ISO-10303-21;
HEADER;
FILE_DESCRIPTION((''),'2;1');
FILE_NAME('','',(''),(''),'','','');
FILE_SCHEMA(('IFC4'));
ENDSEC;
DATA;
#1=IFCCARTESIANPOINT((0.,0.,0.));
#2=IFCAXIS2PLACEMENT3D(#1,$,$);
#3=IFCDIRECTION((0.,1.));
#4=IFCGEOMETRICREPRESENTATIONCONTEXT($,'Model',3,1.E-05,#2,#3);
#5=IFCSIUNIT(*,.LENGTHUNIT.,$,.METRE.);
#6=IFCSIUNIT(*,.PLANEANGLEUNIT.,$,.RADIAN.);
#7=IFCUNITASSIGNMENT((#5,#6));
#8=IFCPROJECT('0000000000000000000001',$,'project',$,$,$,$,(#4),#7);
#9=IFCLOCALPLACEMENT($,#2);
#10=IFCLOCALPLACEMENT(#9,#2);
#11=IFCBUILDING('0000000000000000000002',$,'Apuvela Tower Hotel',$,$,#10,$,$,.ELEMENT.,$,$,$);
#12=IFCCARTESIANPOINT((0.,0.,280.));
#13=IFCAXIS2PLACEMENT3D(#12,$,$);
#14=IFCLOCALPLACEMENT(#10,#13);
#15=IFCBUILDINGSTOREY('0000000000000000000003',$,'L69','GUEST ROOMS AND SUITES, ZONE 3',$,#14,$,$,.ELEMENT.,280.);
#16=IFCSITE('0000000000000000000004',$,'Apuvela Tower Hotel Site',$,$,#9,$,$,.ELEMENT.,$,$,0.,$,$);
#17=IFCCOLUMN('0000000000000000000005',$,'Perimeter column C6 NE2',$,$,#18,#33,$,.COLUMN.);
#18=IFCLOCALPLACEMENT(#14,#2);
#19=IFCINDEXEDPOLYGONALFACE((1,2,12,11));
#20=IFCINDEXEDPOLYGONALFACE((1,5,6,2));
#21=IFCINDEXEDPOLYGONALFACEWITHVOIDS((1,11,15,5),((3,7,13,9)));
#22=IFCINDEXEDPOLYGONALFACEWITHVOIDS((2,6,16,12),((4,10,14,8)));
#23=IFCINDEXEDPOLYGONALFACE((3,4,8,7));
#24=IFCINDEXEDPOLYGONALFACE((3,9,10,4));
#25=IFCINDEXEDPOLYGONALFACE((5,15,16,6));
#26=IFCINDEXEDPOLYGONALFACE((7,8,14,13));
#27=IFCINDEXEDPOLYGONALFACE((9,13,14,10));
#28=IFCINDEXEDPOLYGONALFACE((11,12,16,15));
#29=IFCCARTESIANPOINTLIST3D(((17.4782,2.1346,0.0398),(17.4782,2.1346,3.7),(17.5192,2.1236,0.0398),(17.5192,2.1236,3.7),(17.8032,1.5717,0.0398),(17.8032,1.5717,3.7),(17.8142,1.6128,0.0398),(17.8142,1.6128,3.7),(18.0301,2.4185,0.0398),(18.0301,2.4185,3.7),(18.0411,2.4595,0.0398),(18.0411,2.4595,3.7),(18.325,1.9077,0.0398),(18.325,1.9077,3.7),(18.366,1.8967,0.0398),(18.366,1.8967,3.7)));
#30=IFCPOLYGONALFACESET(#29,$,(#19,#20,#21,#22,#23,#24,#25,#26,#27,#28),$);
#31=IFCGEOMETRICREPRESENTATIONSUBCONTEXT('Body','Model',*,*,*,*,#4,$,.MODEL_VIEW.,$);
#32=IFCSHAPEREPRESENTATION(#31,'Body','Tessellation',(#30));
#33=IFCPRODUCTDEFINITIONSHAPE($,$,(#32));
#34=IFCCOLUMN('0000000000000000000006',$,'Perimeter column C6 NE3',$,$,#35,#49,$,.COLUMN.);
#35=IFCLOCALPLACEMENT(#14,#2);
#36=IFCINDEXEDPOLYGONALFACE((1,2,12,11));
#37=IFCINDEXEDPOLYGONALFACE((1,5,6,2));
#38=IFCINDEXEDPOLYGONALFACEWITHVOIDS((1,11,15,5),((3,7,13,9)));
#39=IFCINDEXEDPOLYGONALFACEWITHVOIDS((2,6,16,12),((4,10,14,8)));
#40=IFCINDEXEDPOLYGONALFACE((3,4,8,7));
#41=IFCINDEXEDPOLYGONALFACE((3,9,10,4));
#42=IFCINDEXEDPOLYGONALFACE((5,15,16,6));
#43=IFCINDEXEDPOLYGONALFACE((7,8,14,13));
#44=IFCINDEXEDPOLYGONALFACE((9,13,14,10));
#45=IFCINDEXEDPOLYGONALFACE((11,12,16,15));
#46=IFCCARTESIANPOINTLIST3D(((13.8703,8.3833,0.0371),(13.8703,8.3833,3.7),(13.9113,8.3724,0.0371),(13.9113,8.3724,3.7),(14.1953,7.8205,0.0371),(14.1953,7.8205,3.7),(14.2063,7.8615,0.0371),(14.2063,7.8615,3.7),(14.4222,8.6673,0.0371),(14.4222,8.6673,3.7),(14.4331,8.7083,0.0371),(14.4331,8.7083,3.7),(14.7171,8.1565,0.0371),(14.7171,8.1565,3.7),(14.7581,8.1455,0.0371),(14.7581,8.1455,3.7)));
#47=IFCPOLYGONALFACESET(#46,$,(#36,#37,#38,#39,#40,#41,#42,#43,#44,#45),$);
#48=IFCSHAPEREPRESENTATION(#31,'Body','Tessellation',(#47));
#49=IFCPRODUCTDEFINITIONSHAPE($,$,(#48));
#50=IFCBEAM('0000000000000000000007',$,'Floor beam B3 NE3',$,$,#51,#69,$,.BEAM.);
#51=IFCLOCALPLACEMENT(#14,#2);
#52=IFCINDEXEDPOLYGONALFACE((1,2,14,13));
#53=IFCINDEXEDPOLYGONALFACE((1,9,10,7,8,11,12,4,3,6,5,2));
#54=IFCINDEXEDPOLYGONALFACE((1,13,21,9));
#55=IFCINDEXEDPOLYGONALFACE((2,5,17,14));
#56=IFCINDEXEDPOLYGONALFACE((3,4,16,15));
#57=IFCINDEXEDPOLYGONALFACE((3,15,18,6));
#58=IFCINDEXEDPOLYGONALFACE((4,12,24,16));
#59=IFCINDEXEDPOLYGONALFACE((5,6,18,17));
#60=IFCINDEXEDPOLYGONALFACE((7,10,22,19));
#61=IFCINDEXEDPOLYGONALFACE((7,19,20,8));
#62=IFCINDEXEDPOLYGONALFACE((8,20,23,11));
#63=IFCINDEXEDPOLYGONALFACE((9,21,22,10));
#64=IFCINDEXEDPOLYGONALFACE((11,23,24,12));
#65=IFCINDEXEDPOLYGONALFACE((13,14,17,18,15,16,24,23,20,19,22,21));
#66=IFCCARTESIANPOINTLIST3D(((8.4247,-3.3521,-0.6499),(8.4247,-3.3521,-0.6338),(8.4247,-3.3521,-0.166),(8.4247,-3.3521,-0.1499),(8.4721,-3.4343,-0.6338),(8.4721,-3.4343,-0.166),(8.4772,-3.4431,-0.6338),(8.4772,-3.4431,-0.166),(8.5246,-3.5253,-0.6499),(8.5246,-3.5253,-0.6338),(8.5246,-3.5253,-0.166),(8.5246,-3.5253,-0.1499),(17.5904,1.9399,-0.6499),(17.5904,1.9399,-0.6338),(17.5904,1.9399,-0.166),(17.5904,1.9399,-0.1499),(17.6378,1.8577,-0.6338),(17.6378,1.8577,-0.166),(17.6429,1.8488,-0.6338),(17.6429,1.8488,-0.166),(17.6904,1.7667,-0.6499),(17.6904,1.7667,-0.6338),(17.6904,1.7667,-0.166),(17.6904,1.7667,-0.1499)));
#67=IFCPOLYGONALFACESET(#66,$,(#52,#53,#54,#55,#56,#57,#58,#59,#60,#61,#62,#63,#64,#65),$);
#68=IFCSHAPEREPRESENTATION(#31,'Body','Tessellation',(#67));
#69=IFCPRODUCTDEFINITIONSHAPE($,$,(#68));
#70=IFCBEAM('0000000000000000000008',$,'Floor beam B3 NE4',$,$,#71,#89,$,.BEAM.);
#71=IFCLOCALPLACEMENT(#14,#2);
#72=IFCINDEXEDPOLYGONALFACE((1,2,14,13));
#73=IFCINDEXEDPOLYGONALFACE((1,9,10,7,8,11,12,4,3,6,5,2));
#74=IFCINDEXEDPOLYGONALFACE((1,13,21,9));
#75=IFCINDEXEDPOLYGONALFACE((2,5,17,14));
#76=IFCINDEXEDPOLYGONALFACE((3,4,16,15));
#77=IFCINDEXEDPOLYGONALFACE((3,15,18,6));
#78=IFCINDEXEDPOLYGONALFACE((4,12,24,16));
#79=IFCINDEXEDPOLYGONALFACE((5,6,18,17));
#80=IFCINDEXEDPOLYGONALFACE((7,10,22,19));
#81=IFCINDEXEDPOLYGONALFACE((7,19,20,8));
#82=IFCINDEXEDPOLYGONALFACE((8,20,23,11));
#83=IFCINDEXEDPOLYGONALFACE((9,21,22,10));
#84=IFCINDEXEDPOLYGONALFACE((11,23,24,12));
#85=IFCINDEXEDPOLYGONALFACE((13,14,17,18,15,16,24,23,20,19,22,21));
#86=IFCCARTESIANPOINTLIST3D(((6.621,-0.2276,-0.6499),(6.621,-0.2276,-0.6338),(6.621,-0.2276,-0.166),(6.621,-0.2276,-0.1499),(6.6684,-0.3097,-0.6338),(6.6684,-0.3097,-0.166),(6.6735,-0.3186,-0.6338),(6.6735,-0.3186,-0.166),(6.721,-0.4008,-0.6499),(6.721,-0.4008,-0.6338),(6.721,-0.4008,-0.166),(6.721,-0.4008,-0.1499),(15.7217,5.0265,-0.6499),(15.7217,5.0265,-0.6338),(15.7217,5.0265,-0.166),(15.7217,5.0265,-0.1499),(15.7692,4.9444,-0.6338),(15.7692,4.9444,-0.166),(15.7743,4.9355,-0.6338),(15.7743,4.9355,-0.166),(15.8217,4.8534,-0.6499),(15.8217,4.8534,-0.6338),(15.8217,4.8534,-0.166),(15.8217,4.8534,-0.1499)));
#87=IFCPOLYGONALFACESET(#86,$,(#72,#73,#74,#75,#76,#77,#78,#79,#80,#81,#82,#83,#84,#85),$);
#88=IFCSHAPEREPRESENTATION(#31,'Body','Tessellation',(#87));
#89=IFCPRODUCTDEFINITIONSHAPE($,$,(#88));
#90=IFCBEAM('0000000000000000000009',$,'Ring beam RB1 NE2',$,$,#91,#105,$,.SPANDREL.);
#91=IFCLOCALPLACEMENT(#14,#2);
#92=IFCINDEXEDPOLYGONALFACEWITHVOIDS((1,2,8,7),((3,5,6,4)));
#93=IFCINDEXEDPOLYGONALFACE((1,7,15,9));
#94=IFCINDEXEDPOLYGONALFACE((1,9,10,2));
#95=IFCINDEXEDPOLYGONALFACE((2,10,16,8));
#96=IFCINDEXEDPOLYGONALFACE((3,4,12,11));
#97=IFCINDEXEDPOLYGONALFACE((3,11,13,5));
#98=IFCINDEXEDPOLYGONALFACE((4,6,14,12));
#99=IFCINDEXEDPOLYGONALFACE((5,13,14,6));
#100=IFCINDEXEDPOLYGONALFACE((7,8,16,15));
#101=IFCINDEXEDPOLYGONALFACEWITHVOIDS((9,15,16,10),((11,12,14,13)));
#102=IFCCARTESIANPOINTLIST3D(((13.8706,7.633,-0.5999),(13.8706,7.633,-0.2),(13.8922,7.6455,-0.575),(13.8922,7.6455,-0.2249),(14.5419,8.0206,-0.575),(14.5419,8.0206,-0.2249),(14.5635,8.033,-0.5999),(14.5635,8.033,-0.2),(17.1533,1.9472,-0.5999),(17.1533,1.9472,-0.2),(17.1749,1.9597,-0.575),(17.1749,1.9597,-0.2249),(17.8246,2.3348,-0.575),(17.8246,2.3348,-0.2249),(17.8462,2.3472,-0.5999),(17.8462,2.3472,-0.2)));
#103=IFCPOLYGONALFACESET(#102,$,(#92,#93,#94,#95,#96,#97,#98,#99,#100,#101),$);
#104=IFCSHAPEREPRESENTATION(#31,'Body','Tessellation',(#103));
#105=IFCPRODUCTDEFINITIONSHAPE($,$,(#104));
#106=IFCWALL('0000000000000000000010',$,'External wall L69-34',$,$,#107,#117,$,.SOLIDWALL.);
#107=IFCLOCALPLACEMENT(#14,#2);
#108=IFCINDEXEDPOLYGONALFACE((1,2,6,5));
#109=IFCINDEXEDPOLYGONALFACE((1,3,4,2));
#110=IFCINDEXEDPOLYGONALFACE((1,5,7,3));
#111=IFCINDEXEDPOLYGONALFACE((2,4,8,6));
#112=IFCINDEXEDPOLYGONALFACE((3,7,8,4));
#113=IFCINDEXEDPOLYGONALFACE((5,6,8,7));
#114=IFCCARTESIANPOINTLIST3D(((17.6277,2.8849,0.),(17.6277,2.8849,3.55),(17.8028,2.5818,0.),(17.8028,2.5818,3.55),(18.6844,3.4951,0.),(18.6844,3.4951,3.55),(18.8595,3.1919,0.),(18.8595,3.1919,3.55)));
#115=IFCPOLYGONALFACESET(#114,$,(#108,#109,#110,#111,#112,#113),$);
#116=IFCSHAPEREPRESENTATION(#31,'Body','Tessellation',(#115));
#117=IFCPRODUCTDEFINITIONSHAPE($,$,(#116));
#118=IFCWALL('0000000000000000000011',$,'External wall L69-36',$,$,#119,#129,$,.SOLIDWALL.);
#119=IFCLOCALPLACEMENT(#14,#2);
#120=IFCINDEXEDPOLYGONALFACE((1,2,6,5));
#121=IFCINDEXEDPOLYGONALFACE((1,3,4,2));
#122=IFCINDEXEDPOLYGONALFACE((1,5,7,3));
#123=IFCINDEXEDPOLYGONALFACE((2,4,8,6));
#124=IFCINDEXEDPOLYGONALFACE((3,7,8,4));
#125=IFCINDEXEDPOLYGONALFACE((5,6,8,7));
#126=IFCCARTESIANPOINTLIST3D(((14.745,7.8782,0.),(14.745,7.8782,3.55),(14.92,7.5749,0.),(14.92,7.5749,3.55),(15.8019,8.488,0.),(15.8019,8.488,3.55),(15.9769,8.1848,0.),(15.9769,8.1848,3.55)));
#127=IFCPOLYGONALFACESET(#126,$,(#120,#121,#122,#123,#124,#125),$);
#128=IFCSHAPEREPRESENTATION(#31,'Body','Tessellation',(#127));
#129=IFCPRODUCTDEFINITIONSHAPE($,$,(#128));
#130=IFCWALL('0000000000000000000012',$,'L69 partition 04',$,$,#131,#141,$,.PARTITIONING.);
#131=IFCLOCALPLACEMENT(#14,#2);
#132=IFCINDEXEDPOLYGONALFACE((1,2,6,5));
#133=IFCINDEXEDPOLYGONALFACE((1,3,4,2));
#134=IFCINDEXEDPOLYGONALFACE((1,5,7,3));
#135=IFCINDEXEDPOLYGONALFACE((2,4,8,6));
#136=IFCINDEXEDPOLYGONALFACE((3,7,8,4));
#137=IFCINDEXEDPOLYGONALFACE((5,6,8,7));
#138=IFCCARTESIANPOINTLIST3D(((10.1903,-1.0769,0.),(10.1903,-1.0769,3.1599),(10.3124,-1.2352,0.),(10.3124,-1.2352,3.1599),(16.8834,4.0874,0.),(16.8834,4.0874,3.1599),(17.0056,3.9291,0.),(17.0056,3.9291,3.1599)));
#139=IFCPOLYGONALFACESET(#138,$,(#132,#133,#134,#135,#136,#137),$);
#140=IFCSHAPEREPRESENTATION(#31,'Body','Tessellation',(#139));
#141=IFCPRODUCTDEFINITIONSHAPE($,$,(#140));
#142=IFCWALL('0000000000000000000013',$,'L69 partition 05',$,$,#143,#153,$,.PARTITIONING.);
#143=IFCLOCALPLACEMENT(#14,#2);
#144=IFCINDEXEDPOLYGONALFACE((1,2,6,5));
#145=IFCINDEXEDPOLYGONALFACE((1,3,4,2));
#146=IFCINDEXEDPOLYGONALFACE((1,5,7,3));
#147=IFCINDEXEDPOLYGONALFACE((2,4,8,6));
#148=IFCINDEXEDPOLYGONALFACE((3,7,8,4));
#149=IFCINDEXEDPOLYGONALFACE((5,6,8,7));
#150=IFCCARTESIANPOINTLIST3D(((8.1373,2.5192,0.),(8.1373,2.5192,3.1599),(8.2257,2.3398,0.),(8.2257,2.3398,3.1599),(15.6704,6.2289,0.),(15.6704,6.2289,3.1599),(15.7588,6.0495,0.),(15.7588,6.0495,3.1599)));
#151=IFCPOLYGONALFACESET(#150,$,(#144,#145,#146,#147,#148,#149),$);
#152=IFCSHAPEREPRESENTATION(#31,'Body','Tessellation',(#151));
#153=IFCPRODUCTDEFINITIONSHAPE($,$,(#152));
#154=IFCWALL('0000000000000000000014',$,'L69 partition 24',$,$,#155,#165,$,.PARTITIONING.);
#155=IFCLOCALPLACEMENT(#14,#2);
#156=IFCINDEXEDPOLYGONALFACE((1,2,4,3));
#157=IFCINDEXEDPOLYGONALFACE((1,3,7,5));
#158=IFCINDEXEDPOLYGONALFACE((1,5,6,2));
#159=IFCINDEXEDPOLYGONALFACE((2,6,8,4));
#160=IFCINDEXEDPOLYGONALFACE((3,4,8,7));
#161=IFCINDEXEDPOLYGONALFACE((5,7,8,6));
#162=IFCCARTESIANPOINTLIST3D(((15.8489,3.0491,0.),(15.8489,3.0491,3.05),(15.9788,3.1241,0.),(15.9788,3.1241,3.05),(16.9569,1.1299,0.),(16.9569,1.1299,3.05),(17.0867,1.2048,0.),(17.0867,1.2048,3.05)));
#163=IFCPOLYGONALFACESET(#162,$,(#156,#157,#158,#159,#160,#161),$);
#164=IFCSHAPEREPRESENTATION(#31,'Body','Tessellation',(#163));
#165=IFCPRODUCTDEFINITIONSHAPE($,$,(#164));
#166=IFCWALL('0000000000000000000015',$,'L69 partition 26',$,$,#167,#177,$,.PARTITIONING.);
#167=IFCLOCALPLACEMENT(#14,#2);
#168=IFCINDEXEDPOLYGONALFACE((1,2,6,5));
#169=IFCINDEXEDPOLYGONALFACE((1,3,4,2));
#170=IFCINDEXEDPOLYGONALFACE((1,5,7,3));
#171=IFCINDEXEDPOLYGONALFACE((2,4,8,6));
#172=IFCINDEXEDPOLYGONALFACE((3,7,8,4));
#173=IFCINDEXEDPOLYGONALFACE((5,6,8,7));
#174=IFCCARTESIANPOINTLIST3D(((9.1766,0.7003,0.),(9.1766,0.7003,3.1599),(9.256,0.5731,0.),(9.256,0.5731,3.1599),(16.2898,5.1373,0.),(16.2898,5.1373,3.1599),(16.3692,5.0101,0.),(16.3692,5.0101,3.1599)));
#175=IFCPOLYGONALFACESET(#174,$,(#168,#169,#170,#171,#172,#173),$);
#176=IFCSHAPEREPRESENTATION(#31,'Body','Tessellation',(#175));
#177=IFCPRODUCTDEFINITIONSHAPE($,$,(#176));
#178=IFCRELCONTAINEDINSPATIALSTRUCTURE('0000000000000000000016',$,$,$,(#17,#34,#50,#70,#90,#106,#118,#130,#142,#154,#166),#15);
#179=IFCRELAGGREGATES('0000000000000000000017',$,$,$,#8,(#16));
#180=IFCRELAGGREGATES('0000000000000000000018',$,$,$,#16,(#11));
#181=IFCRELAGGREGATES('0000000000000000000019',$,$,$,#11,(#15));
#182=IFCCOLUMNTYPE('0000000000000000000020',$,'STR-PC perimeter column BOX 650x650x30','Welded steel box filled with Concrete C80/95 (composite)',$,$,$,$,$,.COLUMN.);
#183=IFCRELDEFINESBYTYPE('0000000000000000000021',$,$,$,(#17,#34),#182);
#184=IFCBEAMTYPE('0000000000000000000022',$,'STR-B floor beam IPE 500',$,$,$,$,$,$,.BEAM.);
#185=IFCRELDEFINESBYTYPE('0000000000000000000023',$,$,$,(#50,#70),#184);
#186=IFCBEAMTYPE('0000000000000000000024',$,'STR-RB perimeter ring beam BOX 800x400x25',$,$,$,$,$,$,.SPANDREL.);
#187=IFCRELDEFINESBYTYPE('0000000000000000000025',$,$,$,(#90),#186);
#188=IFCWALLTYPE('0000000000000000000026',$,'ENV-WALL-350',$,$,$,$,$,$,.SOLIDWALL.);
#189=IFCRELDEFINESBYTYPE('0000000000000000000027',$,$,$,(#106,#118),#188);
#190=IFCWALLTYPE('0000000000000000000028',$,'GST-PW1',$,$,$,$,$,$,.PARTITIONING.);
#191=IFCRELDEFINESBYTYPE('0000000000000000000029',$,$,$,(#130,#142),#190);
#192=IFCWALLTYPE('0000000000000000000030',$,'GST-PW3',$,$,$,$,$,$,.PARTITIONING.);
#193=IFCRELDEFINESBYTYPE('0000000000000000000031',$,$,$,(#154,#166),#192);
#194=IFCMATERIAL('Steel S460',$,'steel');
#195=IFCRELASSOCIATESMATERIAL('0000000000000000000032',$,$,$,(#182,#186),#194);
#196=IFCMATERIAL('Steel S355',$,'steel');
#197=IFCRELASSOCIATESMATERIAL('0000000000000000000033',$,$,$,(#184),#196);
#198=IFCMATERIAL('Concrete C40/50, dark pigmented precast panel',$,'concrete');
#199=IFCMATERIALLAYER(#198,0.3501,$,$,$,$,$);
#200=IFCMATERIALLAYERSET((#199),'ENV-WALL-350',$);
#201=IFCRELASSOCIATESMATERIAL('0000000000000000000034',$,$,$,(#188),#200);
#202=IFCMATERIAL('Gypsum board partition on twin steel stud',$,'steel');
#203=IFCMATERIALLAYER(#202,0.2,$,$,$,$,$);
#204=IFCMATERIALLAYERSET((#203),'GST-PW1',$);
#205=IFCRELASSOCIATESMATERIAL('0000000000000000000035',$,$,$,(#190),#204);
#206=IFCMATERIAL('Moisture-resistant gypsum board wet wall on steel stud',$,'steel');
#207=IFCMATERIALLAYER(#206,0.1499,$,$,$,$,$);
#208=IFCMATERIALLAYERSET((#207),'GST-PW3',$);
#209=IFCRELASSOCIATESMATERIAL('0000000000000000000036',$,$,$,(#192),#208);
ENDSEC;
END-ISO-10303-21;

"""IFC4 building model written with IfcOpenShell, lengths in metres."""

from ifc_helpers import new_model, si_unit, direction, frame, frame_2d, origin, origin_2d, place, context, subcontext, project, spatial, rectangle, hollow_rectangle, i_section, extrude, boolean, halfspace, material, layer, layer_set, material_profile, profile_set, type_object, element, save


model = new_model("IFC4")

# Units and contexts
model_context = context("Model", 3, precision=1e-05, world=origin(), true_north=direction((0.0, 1.0)))
body_context = subcontext(model_context, "Body", "Model", "MODEL_VIEW")
ifc_project = project(units=[si_unit("LENGTHUNIT", "METRE"), si_unit("PLANEANGLEUNIT", "RADIAN")], contexts=[model_context])

# Site, building, storey
site_placement = place(None, origin())
site = spatial("IfcSite", under=ifc_project, at=site_placement, Name="Apuvela Tower Hotel Site", CompositionType="ELEMENT", RefElevation=0.0)
building_placement = place(site_placement, origin())
building = spatial("IfcBuilding", under=site, at=building_placement, Name="Apuvela Tower Hotel", CompositionType="ELEMENT")
storey_placement = place(building_placement, frame((0.0, 0.0, 280.0)))
storey = spatial("IfcBuildingStorey", under=building, at=storey_placement, Name="L69", Description="GUEST ROOMS AND SUITES, ZONE 3", CompositionType="ELEMENT", Elevation=280.0)

# Columns
ifc_material_1 = material(Name="Steel S460", Category="steel")
ifc_material_profile_1 = material_profile(ifc_material_1, hollow_rectangle(XDim=0.6499, YDim=0.6499, WallThickness=0.03, at=origin_2d()), Name="BOX 650x650x30")
ifc_material_2 = material(Name="Concrete C80/95", Category="concrete")
ifc_material_profile_2 = material_profile(ifc_material_2, rectangle(XDim=0.5901, YDim=0.5901, at=origin_2d()), Name="Concrete C80/95 infill")
ifc_profile_set_1 = profile_set([ifc_material_profile_1, ifc_material_profile_2], Name="Steel S460")
column_type = type_object("IfcColumnType", Name="STR-PC perimeter column BOX 650x650x30", Description="Welded steel box filled with Concrete C80/95 (composite)", PredefinedType="COLUMN", material=ifc_profile_set_1)
column_1_placement = place(storey_placement, frame((17.9221, 2.0156, 0.0), z_axis=(0.0, 0.0, 1.0), x_axis=(-0.5, 0.866025, 0.0)))
element("IfcColumn", 1, at=column_1_placement, inside=storey, type_object=column_type, Name="Perimeter column C6 NE2", PredefinedType="COLUMN", context=body_context, shape_type="SweptSolid", body=[
    boolean("DIFFERENCE", extrude(hollow_rectangle(XDim=0.6499, YDim=0.6499, WallThickness=0.03, at=origin_2d()), origin(), (0.0, 0.0, 1.0), 3.7), halfspace(frame((0.0, 0.0, 0.0398), z_axis=(0.0, 0.0, 1.0), x_axis=(1.0, 0.0, 0.0)), True)),
])
column_2_placement = place(storey_placement, frame((14.3142, 8.2644, 0.0), z_axis=(0.0, 0.0, 1.0), x_axis=(-0.5, 0.866025, 0.0)))
element("IfcColumn", 2, at=column_2_placement, inside=storey, type_object=column_type, Name="Perimeter column C6 NE3", PredefinedType="COLUMN", context=body_context, shape_type="SweptSolid", body=[
    boolean("DIFFERENCE", extrude(hollow_rectangle(XDim=0.6499, YDim=0.6499, WallThickness=0.03, at=origin_2d()), origin(), (0.0, 0.0, 1.0), 3.7), halfspace(frame((0.0, 0.0, 0.0371), z_axis=(0.0, 0.0, 1.0), x_axis=(1.0, 0.0, 0.0)), True)),
])

# Beams
ifc_material_3 = material(Name="Steel S355", Category="steel")
ifc_material_profile_3 = material_profile(ifc_material_3, i_section(OverallWidth=0.2, OverallDepth=0.5, WebThickness=0.0103, FlangeThickness=0.0161, at=origin_2d()), Name="IPE 500")
ifc_profile_set_2 = profile_set([ifc_material_profile_3], Name="Steel S355")
beam_type_1 = type_object("IfcBeamType", Name="STR-B floor beam IPE 500", PredefinedType="BEAM", material=ifc_profile_set_2)
beam_1_placement = place(storey_placement, frame((17.6404, 1.8533, -0.3999), z_axis=(-0.86602, -0.500009, 0.0), x_axis=(0.500009, -0.86602, 0.0)))
element("IfcBeam", 3, at=beam_1_placement, inside=storey, type_object=beam_type_1, Name="Floor beam B3 NE3", PredefinedType="BEAM", context=body_context, shape_type="SweptSolid", body=[
    extrude(i_section(OverallWidth=0.2, OverallDepth=0.5, WebThickness=0.0103, FlangeThickness=0.0161, at=origin_2d()), origin(), (0.0, 0.0, 1.0), 10.5837),
])
beam_2_placement = place(storey_placement, frame((15.7717, 4.9399, -0.3999), z_axis=(-0.866034, -0.499985, 0.0), x_axis=(0.499985, -0.866034, 0.0)))
element("IfcBeam", 4, at=beam_2_placement, inside=storey, type_object=beam_type_1, Name="Floor beam B3 NE4", PredefinedType="BEAM", context=body_context, shape_type="SweptSolid", body=[
    extrude(i_section(OverallWidth=0.2, OverallDepth=0.5, WebThickness=0.0103, FlangeThickness=0.0161, at=origin_2d()), origin(), (0.0, 0.0, 1.0), 10.5085),
])
ifc_material_profile_4 = material_profile(ifc_material_1, hollow_rectangle(XDim=0.8, YDim=0.3999, WallThickness=0.0249, at=origin_2d()), Name="BOX 800x400x25")
ifc_profile_set_3 = profile_set([ifc_material_profile_4], Name="Steel S460")
beam_type_2 = type_object("IfcBeamType", Name="STR-RB perimeter ring beam BOX 800x400x25", PredefinedType="SPANDREL", material=ifc_profile_set_3)
beam_3_placement = place(storey_placement, frame((17.4998, 2.1472, -0.3999), z_axis=(-0.500002, 0.866024, 0.0), x_axis=(-0.866024, -0.500002, 0.0)))
element("IfcBeam", 5, at=beam_3_placement, inside=storey, type_object=beam_type_2, Name="Ring beam RB1 NE2", PredefinedType="SPANDREL", context=body_context, shape_type="SweptSolid", body=[
    extrude(hollow_rectangle(XDim=0.8, YDim=0.3999, WallThickness=0.0249, at=origin_2d()), origin(), (0.0, 0.0, 1.0), 6.5654),
])

# Wall
ifc_material_4 = material(Name="Concrete C40/50, dark pigmented precast panel", Category="concrete")
ifc_layer_1 = layer(ifc_material_4, 0.3501)
ifc_layer_set_1 = layer_set([ifc_layer_1], Name="ENV-WALL-350")
wall_type_1 = type_object("IfcWallType", Name="ENV-WALL-350", PredefinedType="SOLIDWALL", material=ifc_layer_set_1)
wall_1_placement = place(storey_placement, frame((18.772, 3.3435, 0.0), z_axis=(0.0, 0.0, 1.0), x_axis=(-0.866006, -0.500034, 0.0)))
element("IfcWall", 6, at=wall_1_placement, inside=storey, type_object=wall_type_1, Name="External wall L69-34", PredefinedType="SOLIDWALL", context=body_context, shape_type="SweptSolid", body=[
    extrude(rectangle(XDim=1.2202, YDim=0.3501, at=frame_2d((0.6101, 0.0))), origin(), (0.0, 0.0, 1.0), 3.55),
])

# Wall
wall_2_placement = place(storey_placement, frame((14.8325, 7.7266, 0.0), z_axis=(0.0, 0.0, 1.0), x_axis=(0.866142, 0.499798, 0.0)))
element("IfcWall", 7, at=wall_2_placement, inside=storey, type_object=wall_type_1, Name="External wall L69-36", PredefinedType="SOLIDWALL", context=body_context, shape_type="SweptSolid", body=[
    extrude(rectangle(XDim=1.2202, YDim=0.3501, at=frame_2d((0.6101, 0.0))), origin(), (0.0, 0.0, 1.0), 3.55),
])

# Walls
ifc_material_5 = material(Name="Gypsum board partition on twin steel stud", Category="steel")
ifc_layer_2 = layer(ifc_material_5, 0.2)
ifc_layer_set_2 = layer_set([ifc_layer_2], Name="GST-PW1")
wall_type_2 = type_object("IfcWallType", Name="GST-PW1", PredefinedType="PARTITIONING", material=ifc_layer_set_2)
wall_3_placement = place(storey_placement, frame((16.9446, 4.0083, 0.0), z_axis=(0.0, 0.0, 1.0), x_axis=(-0.791722, -0.610881, 0.0)))
element("IfcWall", 8, at=wall_3_placement, inside=storey, type_object=wall_type_2, Name="L69 partition 04", PredefinedType="PARTITIONING", context=body_context, shape_type="SweptSolid", body=[
    extrude(rectangle(XDim=8.4539, YDim=0.2, at=frame_2d((4.2271, 0.0))), origin(), (0.0, 0.0, 1.0), 3.1599),
])
wall_4_placement = place(storey_placement, frame((15.7146, 6.1392, 0.0), z_axis=(0.0, 0.0, 1.0), x_axis=(-0.897121, -0.441786, 0.0)))
element("IfcWall", 9, at=wall_4_placement, inside=storey, type_object=wall_type_2, Name="L69 partition 05", PredefinedType="PARTITIONING", context=body_context, shape_type="SweptSolid", body=[
    extrude(rectangle(XDim=8.397, YDim=0.2, at=frame_2d((4.1985, 0.0))), origin(), (0.0, 0.0, 1.0), 3.1599),
])
ifc_material_6 = material(Name="Moisture-resistant gypsum board wet wall on steel stud", Category="steel")
ifc_layer_3 = layer(ifc_material_6, 0.1499)
ifc_layer_set_3 = layer_set([ifc_layer_3], Name="GST-PW3")
wall_type_3 = type_object("IfcWallType", Name="GST-PW3", PredefinedType="PARTITIONING", material=ifc_layer_set_3)
wall_5_placement = place(storey_placement, frame((17.0217, 1.1675, 0.0), z_axis=(0.0, 0.0, 1.0), x_axis=(-0.499955, 0.866052, 0.0)))
element("IfcWall", 10, at=wall_5_placement, inside=storey, type_object=wall_type_3, Name="L69 partition 24", PredefinedType="PARTITIONING", context=body_context, shape_type="SweptSolid", body=[
    extrude(rectangle(XDim=2.2161, YDim=0.1499, at=frame_2d((1.1079, 0.0))), origin(), (0.0, 0.0, 1.0), 3.05),
])
wall_6_placement = place(storey_placement, frame((16.3296, 5.0737, 0.0), z_axis=(0.0, 0.0, 1.0), x_axis=(-0.848469, -0.529245, 0.0)))
element("IfcWall", 11, at=wall_6_placement, inside=storey, type_object=wall_type_3, Name="L69 partition 26", PredefinedType="PARTITIONING", context=body_context, shape_type="SweptSolid", body=[
    extrude(rectangle(XDim=8.3835, YDim=0.1499, at=frame_2d((4.1919, 0.0))), origin(), (0.0, 0.0, 1.0), 3.1599),
])

save(model, "model.ifc")
